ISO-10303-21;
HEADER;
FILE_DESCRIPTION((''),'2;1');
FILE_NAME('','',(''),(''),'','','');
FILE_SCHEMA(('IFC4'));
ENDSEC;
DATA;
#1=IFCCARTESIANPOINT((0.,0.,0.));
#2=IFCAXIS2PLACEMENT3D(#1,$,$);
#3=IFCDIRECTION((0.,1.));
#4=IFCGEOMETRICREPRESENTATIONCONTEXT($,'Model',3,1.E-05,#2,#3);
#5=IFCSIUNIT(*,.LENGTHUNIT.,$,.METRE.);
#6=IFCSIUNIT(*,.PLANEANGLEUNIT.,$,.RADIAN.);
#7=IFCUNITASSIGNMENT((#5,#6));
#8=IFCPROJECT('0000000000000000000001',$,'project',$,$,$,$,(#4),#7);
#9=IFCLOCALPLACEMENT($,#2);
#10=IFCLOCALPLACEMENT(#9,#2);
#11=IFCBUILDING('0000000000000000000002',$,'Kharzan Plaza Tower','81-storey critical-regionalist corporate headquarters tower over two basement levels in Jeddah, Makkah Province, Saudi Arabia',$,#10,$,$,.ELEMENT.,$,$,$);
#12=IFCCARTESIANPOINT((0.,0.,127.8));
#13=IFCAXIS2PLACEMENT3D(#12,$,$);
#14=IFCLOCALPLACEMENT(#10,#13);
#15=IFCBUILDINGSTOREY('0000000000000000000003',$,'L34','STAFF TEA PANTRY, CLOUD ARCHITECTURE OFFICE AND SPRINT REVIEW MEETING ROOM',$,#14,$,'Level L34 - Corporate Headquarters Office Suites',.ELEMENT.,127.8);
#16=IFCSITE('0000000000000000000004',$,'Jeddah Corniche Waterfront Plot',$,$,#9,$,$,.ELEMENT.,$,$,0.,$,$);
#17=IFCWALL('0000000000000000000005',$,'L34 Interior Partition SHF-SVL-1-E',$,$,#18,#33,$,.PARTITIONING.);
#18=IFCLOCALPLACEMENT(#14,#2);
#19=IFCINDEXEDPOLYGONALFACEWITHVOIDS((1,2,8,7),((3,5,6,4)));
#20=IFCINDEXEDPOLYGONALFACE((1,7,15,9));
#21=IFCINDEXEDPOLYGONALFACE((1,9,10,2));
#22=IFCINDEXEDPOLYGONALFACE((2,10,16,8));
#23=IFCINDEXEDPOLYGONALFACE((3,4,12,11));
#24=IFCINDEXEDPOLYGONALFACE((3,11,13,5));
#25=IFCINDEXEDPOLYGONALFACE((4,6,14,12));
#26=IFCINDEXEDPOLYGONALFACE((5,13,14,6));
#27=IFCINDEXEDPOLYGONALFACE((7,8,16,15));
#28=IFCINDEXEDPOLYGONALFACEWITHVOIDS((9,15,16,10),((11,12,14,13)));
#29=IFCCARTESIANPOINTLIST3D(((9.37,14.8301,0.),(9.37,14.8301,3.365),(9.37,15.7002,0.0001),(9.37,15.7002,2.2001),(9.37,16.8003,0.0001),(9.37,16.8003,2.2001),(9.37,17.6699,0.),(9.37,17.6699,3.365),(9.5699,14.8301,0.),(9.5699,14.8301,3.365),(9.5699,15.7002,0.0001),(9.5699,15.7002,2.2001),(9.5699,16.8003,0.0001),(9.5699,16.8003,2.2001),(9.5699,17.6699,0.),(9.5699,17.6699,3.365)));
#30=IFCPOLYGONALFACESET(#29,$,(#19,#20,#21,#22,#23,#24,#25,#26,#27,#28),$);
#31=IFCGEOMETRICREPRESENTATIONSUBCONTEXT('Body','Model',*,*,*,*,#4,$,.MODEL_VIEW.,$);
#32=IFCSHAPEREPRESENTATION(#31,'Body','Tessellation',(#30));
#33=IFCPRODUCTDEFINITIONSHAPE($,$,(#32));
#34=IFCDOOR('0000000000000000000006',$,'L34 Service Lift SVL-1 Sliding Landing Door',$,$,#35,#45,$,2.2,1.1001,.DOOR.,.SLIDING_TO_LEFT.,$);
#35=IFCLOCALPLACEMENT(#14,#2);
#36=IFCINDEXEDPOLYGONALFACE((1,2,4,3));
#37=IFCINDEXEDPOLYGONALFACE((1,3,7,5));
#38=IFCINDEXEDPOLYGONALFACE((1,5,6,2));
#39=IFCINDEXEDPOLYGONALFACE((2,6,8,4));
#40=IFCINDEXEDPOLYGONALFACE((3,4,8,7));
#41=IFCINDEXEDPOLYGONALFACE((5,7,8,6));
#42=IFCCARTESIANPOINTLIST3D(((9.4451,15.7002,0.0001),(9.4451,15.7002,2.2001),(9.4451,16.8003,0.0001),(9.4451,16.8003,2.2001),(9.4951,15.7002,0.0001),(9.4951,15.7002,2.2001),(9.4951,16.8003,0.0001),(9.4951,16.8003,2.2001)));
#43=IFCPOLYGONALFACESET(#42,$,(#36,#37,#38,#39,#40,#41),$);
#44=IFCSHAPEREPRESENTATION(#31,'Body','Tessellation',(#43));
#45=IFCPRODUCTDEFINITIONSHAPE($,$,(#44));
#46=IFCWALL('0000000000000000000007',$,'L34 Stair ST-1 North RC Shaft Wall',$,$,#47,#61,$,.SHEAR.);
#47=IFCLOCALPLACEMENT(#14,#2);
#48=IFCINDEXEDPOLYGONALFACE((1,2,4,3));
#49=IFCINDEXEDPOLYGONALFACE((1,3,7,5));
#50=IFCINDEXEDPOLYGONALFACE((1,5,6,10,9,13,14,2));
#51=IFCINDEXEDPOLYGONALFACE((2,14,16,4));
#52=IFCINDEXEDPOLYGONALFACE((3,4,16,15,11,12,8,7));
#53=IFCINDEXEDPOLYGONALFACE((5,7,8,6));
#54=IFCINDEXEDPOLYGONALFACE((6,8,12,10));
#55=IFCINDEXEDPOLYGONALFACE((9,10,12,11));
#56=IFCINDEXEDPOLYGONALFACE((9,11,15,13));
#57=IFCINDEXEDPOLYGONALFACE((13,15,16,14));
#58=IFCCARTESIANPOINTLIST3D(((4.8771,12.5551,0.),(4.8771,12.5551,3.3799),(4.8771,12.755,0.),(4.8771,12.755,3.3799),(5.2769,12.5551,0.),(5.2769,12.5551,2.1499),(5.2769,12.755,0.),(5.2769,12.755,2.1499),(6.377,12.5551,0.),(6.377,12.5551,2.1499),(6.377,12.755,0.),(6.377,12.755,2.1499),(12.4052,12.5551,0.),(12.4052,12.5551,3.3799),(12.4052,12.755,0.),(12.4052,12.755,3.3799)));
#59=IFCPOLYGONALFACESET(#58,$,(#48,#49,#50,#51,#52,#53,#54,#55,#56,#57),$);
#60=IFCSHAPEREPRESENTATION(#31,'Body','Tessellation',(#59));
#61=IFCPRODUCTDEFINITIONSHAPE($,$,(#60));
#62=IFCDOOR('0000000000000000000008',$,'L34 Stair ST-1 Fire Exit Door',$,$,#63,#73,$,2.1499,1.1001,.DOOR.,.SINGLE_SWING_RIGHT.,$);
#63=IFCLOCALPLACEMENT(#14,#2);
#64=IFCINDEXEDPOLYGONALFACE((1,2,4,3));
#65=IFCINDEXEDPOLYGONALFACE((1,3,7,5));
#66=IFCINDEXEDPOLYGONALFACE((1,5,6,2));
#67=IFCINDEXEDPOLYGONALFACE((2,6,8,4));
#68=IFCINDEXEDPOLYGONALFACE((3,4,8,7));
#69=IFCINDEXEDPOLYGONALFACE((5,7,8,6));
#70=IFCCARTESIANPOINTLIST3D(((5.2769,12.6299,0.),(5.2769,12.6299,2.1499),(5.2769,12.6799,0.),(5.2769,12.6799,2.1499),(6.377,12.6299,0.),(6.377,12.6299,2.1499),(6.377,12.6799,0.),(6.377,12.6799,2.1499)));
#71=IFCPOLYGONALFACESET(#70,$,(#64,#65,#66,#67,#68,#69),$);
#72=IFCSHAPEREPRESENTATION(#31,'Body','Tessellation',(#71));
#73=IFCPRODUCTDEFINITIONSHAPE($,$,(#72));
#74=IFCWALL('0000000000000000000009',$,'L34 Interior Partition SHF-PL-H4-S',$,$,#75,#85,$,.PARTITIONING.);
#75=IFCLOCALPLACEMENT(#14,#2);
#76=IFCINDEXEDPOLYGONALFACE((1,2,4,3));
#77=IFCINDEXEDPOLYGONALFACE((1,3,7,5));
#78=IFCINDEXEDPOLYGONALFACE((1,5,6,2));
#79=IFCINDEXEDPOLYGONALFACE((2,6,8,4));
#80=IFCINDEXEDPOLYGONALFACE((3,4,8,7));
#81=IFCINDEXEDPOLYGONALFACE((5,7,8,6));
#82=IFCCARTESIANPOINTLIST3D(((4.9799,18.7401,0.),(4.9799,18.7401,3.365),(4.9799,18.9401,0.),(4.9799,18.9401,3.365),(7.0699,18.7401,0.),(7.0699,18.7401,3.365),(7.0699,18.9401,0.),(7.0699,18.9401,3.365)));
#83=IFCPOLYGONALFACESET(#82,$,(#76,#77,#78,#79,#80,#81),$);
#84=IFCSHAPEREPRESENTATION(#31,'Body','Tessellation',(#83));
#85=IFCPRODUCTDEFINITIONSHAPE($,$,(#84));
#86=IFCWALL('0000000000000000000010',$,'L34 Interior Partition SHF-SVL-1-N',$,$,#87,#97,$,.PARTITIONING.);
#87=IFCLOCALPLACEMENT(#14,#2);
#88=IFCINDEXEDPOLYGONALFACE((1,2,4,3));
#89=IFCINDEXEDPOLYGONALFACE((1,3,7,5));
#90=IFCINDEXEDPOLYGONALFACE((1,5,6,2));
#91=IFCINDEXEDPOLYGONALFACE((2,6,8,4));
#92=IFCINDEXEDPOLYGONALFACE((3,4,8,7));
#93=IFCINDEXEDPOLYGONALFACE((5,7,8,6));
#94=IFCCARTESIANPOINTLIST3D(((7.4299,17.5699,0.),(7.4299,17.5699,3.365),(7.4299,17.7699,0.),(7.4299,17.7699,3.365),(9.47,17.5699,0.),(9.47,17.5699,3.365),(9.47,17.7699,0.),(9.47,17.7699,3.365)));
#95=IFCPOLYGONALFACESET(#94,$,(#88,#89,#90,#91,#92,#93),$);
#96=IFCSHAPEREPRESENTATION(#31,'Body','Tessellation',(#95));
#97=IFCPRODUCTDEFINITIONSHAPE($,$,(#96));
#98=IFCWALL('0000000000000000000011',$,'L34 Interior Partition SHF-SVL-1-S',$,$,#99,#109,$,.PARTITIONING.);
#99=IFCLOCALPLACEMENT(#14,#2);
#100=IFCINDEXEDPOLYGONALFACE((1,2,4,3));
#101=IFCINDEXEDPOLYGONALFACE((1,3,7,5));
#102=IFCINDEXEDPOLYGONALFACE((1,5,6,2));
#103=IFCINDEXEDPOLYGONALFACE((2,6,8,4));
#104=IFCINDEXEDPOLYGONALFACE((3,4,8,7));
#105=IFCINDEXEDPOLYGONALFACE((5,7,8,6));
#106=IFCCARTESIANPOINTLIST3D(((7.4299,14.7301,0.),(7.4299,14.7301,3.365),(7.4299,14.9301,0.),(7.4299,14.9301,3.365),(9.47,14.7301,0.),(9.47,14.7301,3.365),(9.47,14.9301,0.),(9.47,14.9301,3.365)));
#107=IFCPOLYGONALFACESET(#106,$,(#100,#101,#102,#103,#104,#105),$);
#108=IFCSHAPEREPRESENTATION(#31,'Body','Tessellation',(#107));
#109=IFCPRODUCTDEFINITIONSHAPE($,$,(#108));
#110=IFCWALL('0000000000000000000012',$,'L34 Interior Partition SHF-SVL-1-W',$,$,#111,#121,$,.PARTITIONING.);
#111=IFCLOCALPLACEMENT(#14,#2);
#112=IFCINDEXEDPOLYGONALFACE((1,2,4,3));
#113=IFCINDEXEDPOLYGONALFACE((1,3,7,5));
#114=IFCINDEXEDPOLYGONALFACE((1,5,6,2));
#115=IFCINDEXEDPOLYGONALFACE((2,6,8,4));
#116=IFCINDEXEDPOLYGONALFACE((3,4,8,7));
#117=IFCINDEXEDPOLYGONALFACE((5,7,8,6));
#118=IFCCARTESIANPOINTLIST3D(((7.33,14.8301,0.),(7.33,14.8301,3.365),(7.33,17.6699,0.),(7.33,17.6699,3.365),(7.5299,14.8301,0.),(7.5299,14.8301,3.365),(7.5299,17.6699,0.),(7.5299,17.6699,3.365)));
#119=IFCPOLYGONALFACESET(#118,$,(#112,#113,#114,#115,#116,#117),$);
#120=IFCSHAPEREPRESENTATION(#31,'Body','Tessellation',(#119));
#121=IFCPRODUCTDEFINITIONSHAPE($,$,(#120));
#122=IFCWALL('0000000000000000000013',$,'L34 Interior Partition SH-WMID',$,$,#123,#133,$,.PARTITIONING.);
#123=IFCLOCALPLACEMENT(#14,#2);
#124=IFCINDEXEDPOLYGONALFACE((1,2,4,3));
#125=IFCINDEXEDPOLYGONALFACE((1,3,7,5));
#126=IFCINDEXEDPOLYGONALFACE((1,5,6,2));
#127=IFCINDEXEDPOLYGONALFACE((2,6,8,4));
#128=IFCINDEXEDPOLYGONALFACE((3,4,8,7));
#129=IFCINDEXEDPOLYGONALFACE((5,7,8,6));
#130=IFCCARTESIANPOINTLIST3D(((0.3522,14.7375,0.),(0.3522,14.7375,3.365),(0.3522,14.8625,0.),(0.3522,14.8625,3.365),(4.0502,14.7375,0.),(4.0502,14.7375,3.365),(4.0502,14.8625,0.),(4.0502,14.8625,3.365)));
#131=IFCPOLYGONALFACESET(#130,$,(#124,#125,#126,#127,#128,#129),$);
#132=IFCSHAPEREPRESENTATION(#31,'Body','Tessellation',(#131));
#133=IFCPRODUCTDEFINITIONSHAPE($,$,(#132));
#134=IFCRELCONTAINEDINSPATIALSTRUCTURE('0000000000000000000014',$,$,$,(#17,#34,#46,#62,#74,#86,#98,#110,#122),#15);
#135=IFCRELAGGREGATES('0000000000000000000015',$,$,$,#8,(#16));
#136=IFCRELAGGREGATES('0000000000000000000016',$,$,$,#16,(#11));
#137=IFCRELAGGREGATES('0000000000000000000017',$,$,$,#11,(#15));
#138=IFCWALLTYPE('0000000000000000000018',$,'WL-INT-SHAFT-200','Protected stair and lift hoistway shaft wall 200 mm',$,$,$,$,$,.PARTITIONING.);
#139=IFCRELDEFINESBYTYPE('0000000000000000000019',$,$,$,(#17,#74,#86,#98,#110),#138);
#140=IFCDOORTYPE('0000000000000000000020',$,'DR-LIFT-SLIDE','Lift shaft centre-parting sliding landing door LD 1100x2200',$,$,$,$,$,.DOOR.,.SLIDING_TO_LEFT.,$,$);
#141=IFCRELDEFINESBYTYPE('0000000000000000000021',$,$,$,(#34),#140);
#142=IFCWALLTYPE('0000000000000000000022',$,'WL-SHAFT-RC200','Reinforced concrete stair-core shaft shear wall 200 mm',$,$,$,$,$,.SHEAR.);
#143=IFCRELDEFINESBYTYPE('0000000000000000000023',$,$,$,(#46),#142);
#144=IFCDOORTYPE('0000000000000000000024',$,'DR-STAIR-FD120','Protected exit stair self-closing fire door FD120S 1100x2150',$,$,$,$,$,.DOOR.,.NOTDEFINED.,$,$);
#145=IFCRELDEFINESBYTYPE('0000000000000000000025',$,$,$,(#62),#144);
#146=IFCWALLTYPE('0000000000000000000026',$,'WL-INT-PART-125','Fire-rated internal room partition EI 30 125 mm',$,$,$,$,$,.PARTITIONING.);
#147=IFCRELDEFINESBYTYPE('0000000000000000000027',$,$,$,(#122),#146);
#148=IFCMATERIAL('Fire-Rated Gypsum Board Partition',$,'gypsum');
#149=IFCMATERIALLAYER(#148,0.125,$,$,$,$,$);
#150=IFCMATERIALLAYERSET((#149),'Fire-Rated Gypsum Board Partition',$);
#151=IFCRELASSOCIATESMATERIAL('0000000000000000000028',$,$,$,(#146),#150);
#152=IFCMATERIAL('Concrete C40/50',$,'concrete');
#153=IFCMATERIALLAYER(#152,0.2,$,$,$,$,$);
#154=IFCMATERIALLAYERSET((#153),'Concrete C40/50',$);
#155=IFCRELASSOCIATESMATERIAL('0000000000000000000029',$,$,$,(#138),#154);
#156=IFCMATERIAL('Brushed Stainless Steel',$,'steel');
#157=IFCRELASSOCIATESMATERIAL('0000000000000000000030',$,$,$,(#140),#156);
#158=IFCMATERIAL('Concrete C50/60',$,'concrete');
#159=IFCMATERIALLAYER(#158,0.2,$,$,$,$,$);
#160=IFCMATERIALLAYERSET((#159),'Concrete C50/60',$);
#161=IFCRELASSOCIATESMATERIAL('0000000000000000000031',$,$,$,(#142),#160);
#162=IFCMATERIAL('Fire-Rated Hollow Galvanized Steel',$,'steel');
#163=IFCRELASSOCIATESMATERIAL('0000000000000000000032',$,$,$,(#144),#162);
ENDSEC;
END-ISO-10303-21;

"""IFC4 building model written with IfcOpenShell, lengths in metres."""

from ifc_helpers import new_model, si_unit, direction, frame, frame_2d, origin, place, context, subcontext, project, spatial, rectangle, extrude, source, transform, mapped, material, layer, layer_set, type_object, element, fill, save


model = new_model("IFC4")

# Units and contexts
model_context = context("Model", 3, precision=1e-05, world=origin(), true_north=direction((0.0, 1.0)))
body_context = subcontext(model_context, "Body", "Model", "MODEL_VIEW")
ifc_project = project(units=[si_unit("LENGTHUNIT", "METRE"), si_unit("PLANEANGLEUNIT", "RADIAN")], contexts=[model_context])

# Site, building, storey
site_placement = place(None, origin())
site = spatial("IfcSite", under=ifc_project, at=site_placement, Name="Jeddah Corniche Waterfront Plot", CompositionType="ELEMENT", RefElevation=0.0)
building_placement = place(site_placement, origin())
building = spatial("IfcBuilding", under=site, at=building_placement, Name="Kharzan Plaza Tower", Description="81-storey critical-regionalist corporate headquarters tower over two basement levels in Jeddah, Makkah Province, Saudi Arabia", CompositionType="ELEMENT")
storey_placement = place(building_placement, frame((0.0, 0.0, 127.8)))
storey = spatial("IfcBuildingStorey", under=building, at=storey_placement, Name="L34", Description="STAFF TEA PANTRY, CLOUD ARCHITECTURE OFFICE AND SPRINT REVIEW MEETING ROOM", LongName="Level L34 - Corporate Headquarters Office Suites", CompositionType="ELEMENT", Elevation=127.8)

# Shared definitions
ifc_material_1 = material(Name="Concrete C40/50", Category="concrete")

# Walls, openings, doors
ifc_material_2 = material(Name="Fire-Rated Gypsum Board Partition", Category="gypsum")
ifc_layer_1 = layer(ifc_material_2, 0.125)
ifc_layer_set_1 = layer_set([ifc_layer_1], Name="Fire-Rated Gypsum Board Partition")
wall_type_1 = type_object("IfcWallType", Name="WL-INT-PART-125", Description="Fire-rated internal room partition EI 30 125 mm", PredefinedType="PARTITIONING", material=ifc_layer_set_1)
ifc_layer_2 = layer(ifc_material_1, 0.2)
ifc_layer_set_2 = layer_set([ifc_layer_2], Name="Concrete C40/50")
wall_type_2 = type_object("IfcWallType", Name="WL-INT-SHAFT-200", Description="Protected stair and lift hoistway shaft wall 200 mm", PredefinedType="PARTITIONING", material=ifc_layer_set_2)
ifc_material_3 = material(Name="Brushed Stainless Steel", Category="steel")
door_type_1 = type_object("IfcDoorType", Name="DR-LIFT-SLIDE", Description="Lift shaft centre-parting sliding landing door LD 1100x2200", OperationType="SLIDING_TO_LEFT", PredefinedType="DOOR", material=ifc_material_3)
shared_shape_1 = source(origin(), body_context, "Body", "SweptSolid", [
    extrude(rectangle(XDim=1.1001, YDim=2.2, at=frame_2d((0.55, 1.1001))), frame((0.0, 0.0249, 0.0), z_axis=(0.0, -1.0, 0.0), x_axis=(1.0, 0.0, 0.0)), (0.0, 0.0, 1.0), 0.05),
])
wall_1_placement = place(storey_placement, frame((9.47, 14.8301, 0.0), z_axis=(0.0, 0.0, 1.0), x_axis=(0.0, 1.0, 0.0)))
wall_1 = element("IfcWall", 1, at=wall_1_placement, inside=storey, type_object=wall_type_2, Name="L34 Interior Partition SHF-SVL-1-E", PredefinedType="PARTITIONING", context=body_context, shape_type="SweptSolid", body=[
    extrude(rectangle(XDim=2.8398, YDim=0.2, at=frame_2d((1.4199, 0.0))), origin(), (0.0, 0.0, 1.0), 3.365),
])
opening_1_placement = place(wall_1_placement, frame((0.8701, 0.0, 0.0)))
opening_1 = element("IfcOpeningElement", 2, at=opening_1_placement, cuts=wall_1, PredefinedType="OPENING", context=body_context, shape_type="SweptSolid", body=[
    extrude(rectangle(XDim=1.1001, YDim=2.2, at=frame_2d((0.55, 1.1001))), frame((0.0, 0.1099, 0.0), z_axis=(0.0, -1.0, 0.0), x_axis=(1.0, 0.0, 0.0)), (0.0, 0.0, 1.0), 0.22),
])
door_1_placement = place(opening_1_placement, origin())
door_1 = element("IfcDoor", 3, at=door_1_placement, inside=storey, type_object=door_type_1, Name="L34 Service Lift SVL-1 Sliding Landing Door", OperationType="SLIDING_TO_LEFT", OverallHeight=2.2, OverallWidth=1.1001, PredefinedType="DOOR", context=body_context, shape_type="MappedRepresentation", body=[
    mapped(shared_shape_1, transform((0.0, 0.0, 0.0), x_axis=(1.0, 0.0, 0.0), y_axis=(0.0, 1.0, 0.0), z_axis=(0.0, 0.0, 1.0))),
])
fill(opening_1, door_1)
ifc_material_4 = material(Name="Concrete C50/60", Category="concrete")
ifc_layer_3 = layer(ifc_material_4, 0.2)
ifc_layer_set_3 = layer_set([ifc_layer_3], Name="Concrete C50/60")
wall_type_3 = type_object("IfcWallType", Name="WL-SHAFT-RC200", Description="Reinforced concrete stair-core shaft shear wall 200 mm", PredefinedType="SHEAR", material=ifc_layer_set_3)
wall_2_placement = place(storey_placement, frame((4.877, 12.655, 0.0), z_axis=(0.0, 0.0, 1.0), x_axis=(1.0, 0.0, 0.0)))
wall_2 = element("IfcWall", 4, at=wall_2_placement, inside=storey, type_object=wall_type_3, Name="L34 Stair ST-1 North RC Shaft Wall", PredefinedType="SHEAR", context=body_context, shape_type="SweptSolid", body=[
    extrude(rectangle(XDim=7.5281, YDim=0.2, at=frame_2d((3.7642, 0.0))), origin(), (0.0, 0.0, 1.0), 3.3799),
])
opening_2_placement = place(wall_2_placement, frame((0.3999, 0.0, 0.0)))
opening_2 = element("IfcOpeningElement", 5, at=opening_2_placement, cuts=wall_2, PredefinedType="OPENING", context=body_context, shape_type="SweptSolid", body=[
    extrude(rectangle(XDim=1.1001, YDim=2.1499, at=frame_2d((0.55, 1.075))), frame((0.0, 0.1099, 0.0), z_axis=(0.0, -1.0, 0.0), x_axis=(1.0, 0.0, 0.0)), (0.0, 0.0, 1.0), 0.22),
])
ifc_material_5 = material(Name="Fire-Rated Hollow Galvanized Steel", Category="steel")
door_type_2 = type_object("IfcDoorType", Name="DR-STAIR-FD120", Description="Protected exit stair self-closing fire door FD120S 1100x2150", OperationType="NOTDEFINED", PredefinedType="DOOR", material=ifc_material_5)
shared_shape_2 = source(origin(), body_context, "Body", "SweptSolid", [
    extrude(rectangle(XDim=1.1001, YDim=2.1499, at=frame_2d((0.55, 1.075))), frame((0.0, 0.0249, 0.0), z_axis=(0.0, -1.0, 0.0), x_axis=(1.0, 0.0, 0.0)), (0.0, 0.0, 1.0), 0.05),
])
door_2_placement = place(opening_2_placement, origin())
door_2 = element("IfcDoor", 6, at=door_2_placement, inside=storey, type_object=door_type_2, Name="L34 Stair ST-1 Fire Exit Door", OperationType="SINGLE_SWING_RIGHT", OverallHeight=2.1499, OverallWidth=1.1001, PredefinedType="DOOR", context=body_context, shape_type="MappedRepresentation", body=[
    mapped(shared_shape_2, transform((0.0, 0.0, 0.0), x_axis=(1.0, 0.0, 0.0), y_axis=(0.0, 1.0, 0.0), z_axis=(0.0, 0.0, 1.0))),
])
fill(opening_2, door_2)

# Walls
shared_shape_3 = source(origin(), body_context, "Body", "SweptSolid", [
    extrude(rectangle(XDim=2.0901, YDim=0.2, at=frame_2d((1.0449, 0.0))), origin(), (0.0, 0.0, 1.0), 3.365),
])
wall_3_placement = place(storey_placement, frame((4.98, 18.8401, 0.0), z_axis=(0.0, 0.0, 1.0), x_axis=(1.0, 0.0, 0.0)))
element("IfcWall", 7, at=wall_3_placement, inside=storey, type_object=wall_type_2, Name="L34 Interior Partition SHF-PL-H4-S", PredefinedType="PARTITIONING", context=body_context, shape_type="MappedRepresentation", body=[
    mapped(shared_shape_3, transform((0.0, 0.0, 0.0), x_axis=(1.0, 0.0, 0.0), y_axis=(0.0, 1.0, 0.0), z_axis=(0.0, 0.0, 1.0))),
])
shared_shape_4 = source(origin(), body_context, "Body", "SweptSolid", [
    extrude(rectangle(XDim=2.04, YDim=0.2, at=frame_2d((1.02, 0.0))), origin(), (0.0, 0.0, 1.0), 3.365),
])
for number, where, z_axis, x_axis, name in (
    (8, (7.4299, 17.6699, 0.0), (0.0, 0.0, 1.0), (1.0, 0.0, 0.0), "L34 Interior Partition SHF-SVL-1-N"),
    (9, (7.4299, 14.8301, 0.0), (0.0, 0.0, 1.0), (1.0, 0.0, 0.0), "L34 Interior Partition SHF-SVL-1-S"),
):
    element("IfcWall", number, at=place(storey_placement, frame(where, z_axis=z_axis, x_axis=x_axis)), inside=storey, type_object=wall_type_2, Name=name, PredefinedType="PARTITIONING", context=body_context, shape_type="MappedRepresentation", body=[
        mapped(shared_shape_4, transform((0.0, 0.0, 0.0), x_axis=(1.0, 0.0, 0.0), y_axis=(0.0, 1.0, 0.0), z_axis=(0.0, 0.0, 1.0))),
    ])
shared_shape_5 = source(origin(), body_context, "Body", "SweptSolid", [
    extrude(rectangle(XDim=2.8398, YDim=0.2, at=frame_2d((1.4199, 0.0))), origin(), (0.0, 0.0, 1.0), 3.365),
])
wall_4_placement = place(storey_placement, frame((7.4299, 14.8301, 0.0), z_axis=(0.0, 0.0, 1.0), x_axis=(0.0, 1.0, 0.0)))
element("IfcWall", 10, at=wall_4_placement, inside=storey, type_object=wall_type_2, Name="L34 Interior Partition SHF-SVL-1-W", PredefinedType="PARTITIONING", context=body_context, shape_type="MappedRepresentation", body=[
    mapped(shared_shape_5, transform((0.0, 0.0, 0.0), x_axis=(1.0, 0.0, 0.0), y_axis=(0.0, 1.0, 0.0), z_axis=(0.0, 0.0, 1.0))),
])
shared_shape_6 = source(origin(), body_context, "Body", "SweptSolid", [
    extrude(rectangle(XDim=3.698, YDim=0.125, at=frame_2d((1.8491, 0.0))), origin(), (0.0, 0.0, 1.0), 3.365),
])
wall_5_placement = place(storey_placement, frame((0.3521, 14.8, 0.0), z_axis=(0.0, 0.0, 1.0), x_axis=(1.0, 0.0, 0.0)))
element("IfcWall", 11, at=wall_5_placement, inside=storey, type_object=wall_type_1, Name="L34 Interior Partition SH-WMID", PredefinedType="PARTITIONING", context=body_context, shape_type="MappedRepresentation", body=[
    mapped(shared_shape_6, transform((0.0, 0.0, 0.0), x_axis=(1.0, 0.0, 0.0), y_axis=(0.0, 1.0, 0.0), z_axis=(0.0, 0.0, 1.0))),
])

save(model, "model.ifc")
